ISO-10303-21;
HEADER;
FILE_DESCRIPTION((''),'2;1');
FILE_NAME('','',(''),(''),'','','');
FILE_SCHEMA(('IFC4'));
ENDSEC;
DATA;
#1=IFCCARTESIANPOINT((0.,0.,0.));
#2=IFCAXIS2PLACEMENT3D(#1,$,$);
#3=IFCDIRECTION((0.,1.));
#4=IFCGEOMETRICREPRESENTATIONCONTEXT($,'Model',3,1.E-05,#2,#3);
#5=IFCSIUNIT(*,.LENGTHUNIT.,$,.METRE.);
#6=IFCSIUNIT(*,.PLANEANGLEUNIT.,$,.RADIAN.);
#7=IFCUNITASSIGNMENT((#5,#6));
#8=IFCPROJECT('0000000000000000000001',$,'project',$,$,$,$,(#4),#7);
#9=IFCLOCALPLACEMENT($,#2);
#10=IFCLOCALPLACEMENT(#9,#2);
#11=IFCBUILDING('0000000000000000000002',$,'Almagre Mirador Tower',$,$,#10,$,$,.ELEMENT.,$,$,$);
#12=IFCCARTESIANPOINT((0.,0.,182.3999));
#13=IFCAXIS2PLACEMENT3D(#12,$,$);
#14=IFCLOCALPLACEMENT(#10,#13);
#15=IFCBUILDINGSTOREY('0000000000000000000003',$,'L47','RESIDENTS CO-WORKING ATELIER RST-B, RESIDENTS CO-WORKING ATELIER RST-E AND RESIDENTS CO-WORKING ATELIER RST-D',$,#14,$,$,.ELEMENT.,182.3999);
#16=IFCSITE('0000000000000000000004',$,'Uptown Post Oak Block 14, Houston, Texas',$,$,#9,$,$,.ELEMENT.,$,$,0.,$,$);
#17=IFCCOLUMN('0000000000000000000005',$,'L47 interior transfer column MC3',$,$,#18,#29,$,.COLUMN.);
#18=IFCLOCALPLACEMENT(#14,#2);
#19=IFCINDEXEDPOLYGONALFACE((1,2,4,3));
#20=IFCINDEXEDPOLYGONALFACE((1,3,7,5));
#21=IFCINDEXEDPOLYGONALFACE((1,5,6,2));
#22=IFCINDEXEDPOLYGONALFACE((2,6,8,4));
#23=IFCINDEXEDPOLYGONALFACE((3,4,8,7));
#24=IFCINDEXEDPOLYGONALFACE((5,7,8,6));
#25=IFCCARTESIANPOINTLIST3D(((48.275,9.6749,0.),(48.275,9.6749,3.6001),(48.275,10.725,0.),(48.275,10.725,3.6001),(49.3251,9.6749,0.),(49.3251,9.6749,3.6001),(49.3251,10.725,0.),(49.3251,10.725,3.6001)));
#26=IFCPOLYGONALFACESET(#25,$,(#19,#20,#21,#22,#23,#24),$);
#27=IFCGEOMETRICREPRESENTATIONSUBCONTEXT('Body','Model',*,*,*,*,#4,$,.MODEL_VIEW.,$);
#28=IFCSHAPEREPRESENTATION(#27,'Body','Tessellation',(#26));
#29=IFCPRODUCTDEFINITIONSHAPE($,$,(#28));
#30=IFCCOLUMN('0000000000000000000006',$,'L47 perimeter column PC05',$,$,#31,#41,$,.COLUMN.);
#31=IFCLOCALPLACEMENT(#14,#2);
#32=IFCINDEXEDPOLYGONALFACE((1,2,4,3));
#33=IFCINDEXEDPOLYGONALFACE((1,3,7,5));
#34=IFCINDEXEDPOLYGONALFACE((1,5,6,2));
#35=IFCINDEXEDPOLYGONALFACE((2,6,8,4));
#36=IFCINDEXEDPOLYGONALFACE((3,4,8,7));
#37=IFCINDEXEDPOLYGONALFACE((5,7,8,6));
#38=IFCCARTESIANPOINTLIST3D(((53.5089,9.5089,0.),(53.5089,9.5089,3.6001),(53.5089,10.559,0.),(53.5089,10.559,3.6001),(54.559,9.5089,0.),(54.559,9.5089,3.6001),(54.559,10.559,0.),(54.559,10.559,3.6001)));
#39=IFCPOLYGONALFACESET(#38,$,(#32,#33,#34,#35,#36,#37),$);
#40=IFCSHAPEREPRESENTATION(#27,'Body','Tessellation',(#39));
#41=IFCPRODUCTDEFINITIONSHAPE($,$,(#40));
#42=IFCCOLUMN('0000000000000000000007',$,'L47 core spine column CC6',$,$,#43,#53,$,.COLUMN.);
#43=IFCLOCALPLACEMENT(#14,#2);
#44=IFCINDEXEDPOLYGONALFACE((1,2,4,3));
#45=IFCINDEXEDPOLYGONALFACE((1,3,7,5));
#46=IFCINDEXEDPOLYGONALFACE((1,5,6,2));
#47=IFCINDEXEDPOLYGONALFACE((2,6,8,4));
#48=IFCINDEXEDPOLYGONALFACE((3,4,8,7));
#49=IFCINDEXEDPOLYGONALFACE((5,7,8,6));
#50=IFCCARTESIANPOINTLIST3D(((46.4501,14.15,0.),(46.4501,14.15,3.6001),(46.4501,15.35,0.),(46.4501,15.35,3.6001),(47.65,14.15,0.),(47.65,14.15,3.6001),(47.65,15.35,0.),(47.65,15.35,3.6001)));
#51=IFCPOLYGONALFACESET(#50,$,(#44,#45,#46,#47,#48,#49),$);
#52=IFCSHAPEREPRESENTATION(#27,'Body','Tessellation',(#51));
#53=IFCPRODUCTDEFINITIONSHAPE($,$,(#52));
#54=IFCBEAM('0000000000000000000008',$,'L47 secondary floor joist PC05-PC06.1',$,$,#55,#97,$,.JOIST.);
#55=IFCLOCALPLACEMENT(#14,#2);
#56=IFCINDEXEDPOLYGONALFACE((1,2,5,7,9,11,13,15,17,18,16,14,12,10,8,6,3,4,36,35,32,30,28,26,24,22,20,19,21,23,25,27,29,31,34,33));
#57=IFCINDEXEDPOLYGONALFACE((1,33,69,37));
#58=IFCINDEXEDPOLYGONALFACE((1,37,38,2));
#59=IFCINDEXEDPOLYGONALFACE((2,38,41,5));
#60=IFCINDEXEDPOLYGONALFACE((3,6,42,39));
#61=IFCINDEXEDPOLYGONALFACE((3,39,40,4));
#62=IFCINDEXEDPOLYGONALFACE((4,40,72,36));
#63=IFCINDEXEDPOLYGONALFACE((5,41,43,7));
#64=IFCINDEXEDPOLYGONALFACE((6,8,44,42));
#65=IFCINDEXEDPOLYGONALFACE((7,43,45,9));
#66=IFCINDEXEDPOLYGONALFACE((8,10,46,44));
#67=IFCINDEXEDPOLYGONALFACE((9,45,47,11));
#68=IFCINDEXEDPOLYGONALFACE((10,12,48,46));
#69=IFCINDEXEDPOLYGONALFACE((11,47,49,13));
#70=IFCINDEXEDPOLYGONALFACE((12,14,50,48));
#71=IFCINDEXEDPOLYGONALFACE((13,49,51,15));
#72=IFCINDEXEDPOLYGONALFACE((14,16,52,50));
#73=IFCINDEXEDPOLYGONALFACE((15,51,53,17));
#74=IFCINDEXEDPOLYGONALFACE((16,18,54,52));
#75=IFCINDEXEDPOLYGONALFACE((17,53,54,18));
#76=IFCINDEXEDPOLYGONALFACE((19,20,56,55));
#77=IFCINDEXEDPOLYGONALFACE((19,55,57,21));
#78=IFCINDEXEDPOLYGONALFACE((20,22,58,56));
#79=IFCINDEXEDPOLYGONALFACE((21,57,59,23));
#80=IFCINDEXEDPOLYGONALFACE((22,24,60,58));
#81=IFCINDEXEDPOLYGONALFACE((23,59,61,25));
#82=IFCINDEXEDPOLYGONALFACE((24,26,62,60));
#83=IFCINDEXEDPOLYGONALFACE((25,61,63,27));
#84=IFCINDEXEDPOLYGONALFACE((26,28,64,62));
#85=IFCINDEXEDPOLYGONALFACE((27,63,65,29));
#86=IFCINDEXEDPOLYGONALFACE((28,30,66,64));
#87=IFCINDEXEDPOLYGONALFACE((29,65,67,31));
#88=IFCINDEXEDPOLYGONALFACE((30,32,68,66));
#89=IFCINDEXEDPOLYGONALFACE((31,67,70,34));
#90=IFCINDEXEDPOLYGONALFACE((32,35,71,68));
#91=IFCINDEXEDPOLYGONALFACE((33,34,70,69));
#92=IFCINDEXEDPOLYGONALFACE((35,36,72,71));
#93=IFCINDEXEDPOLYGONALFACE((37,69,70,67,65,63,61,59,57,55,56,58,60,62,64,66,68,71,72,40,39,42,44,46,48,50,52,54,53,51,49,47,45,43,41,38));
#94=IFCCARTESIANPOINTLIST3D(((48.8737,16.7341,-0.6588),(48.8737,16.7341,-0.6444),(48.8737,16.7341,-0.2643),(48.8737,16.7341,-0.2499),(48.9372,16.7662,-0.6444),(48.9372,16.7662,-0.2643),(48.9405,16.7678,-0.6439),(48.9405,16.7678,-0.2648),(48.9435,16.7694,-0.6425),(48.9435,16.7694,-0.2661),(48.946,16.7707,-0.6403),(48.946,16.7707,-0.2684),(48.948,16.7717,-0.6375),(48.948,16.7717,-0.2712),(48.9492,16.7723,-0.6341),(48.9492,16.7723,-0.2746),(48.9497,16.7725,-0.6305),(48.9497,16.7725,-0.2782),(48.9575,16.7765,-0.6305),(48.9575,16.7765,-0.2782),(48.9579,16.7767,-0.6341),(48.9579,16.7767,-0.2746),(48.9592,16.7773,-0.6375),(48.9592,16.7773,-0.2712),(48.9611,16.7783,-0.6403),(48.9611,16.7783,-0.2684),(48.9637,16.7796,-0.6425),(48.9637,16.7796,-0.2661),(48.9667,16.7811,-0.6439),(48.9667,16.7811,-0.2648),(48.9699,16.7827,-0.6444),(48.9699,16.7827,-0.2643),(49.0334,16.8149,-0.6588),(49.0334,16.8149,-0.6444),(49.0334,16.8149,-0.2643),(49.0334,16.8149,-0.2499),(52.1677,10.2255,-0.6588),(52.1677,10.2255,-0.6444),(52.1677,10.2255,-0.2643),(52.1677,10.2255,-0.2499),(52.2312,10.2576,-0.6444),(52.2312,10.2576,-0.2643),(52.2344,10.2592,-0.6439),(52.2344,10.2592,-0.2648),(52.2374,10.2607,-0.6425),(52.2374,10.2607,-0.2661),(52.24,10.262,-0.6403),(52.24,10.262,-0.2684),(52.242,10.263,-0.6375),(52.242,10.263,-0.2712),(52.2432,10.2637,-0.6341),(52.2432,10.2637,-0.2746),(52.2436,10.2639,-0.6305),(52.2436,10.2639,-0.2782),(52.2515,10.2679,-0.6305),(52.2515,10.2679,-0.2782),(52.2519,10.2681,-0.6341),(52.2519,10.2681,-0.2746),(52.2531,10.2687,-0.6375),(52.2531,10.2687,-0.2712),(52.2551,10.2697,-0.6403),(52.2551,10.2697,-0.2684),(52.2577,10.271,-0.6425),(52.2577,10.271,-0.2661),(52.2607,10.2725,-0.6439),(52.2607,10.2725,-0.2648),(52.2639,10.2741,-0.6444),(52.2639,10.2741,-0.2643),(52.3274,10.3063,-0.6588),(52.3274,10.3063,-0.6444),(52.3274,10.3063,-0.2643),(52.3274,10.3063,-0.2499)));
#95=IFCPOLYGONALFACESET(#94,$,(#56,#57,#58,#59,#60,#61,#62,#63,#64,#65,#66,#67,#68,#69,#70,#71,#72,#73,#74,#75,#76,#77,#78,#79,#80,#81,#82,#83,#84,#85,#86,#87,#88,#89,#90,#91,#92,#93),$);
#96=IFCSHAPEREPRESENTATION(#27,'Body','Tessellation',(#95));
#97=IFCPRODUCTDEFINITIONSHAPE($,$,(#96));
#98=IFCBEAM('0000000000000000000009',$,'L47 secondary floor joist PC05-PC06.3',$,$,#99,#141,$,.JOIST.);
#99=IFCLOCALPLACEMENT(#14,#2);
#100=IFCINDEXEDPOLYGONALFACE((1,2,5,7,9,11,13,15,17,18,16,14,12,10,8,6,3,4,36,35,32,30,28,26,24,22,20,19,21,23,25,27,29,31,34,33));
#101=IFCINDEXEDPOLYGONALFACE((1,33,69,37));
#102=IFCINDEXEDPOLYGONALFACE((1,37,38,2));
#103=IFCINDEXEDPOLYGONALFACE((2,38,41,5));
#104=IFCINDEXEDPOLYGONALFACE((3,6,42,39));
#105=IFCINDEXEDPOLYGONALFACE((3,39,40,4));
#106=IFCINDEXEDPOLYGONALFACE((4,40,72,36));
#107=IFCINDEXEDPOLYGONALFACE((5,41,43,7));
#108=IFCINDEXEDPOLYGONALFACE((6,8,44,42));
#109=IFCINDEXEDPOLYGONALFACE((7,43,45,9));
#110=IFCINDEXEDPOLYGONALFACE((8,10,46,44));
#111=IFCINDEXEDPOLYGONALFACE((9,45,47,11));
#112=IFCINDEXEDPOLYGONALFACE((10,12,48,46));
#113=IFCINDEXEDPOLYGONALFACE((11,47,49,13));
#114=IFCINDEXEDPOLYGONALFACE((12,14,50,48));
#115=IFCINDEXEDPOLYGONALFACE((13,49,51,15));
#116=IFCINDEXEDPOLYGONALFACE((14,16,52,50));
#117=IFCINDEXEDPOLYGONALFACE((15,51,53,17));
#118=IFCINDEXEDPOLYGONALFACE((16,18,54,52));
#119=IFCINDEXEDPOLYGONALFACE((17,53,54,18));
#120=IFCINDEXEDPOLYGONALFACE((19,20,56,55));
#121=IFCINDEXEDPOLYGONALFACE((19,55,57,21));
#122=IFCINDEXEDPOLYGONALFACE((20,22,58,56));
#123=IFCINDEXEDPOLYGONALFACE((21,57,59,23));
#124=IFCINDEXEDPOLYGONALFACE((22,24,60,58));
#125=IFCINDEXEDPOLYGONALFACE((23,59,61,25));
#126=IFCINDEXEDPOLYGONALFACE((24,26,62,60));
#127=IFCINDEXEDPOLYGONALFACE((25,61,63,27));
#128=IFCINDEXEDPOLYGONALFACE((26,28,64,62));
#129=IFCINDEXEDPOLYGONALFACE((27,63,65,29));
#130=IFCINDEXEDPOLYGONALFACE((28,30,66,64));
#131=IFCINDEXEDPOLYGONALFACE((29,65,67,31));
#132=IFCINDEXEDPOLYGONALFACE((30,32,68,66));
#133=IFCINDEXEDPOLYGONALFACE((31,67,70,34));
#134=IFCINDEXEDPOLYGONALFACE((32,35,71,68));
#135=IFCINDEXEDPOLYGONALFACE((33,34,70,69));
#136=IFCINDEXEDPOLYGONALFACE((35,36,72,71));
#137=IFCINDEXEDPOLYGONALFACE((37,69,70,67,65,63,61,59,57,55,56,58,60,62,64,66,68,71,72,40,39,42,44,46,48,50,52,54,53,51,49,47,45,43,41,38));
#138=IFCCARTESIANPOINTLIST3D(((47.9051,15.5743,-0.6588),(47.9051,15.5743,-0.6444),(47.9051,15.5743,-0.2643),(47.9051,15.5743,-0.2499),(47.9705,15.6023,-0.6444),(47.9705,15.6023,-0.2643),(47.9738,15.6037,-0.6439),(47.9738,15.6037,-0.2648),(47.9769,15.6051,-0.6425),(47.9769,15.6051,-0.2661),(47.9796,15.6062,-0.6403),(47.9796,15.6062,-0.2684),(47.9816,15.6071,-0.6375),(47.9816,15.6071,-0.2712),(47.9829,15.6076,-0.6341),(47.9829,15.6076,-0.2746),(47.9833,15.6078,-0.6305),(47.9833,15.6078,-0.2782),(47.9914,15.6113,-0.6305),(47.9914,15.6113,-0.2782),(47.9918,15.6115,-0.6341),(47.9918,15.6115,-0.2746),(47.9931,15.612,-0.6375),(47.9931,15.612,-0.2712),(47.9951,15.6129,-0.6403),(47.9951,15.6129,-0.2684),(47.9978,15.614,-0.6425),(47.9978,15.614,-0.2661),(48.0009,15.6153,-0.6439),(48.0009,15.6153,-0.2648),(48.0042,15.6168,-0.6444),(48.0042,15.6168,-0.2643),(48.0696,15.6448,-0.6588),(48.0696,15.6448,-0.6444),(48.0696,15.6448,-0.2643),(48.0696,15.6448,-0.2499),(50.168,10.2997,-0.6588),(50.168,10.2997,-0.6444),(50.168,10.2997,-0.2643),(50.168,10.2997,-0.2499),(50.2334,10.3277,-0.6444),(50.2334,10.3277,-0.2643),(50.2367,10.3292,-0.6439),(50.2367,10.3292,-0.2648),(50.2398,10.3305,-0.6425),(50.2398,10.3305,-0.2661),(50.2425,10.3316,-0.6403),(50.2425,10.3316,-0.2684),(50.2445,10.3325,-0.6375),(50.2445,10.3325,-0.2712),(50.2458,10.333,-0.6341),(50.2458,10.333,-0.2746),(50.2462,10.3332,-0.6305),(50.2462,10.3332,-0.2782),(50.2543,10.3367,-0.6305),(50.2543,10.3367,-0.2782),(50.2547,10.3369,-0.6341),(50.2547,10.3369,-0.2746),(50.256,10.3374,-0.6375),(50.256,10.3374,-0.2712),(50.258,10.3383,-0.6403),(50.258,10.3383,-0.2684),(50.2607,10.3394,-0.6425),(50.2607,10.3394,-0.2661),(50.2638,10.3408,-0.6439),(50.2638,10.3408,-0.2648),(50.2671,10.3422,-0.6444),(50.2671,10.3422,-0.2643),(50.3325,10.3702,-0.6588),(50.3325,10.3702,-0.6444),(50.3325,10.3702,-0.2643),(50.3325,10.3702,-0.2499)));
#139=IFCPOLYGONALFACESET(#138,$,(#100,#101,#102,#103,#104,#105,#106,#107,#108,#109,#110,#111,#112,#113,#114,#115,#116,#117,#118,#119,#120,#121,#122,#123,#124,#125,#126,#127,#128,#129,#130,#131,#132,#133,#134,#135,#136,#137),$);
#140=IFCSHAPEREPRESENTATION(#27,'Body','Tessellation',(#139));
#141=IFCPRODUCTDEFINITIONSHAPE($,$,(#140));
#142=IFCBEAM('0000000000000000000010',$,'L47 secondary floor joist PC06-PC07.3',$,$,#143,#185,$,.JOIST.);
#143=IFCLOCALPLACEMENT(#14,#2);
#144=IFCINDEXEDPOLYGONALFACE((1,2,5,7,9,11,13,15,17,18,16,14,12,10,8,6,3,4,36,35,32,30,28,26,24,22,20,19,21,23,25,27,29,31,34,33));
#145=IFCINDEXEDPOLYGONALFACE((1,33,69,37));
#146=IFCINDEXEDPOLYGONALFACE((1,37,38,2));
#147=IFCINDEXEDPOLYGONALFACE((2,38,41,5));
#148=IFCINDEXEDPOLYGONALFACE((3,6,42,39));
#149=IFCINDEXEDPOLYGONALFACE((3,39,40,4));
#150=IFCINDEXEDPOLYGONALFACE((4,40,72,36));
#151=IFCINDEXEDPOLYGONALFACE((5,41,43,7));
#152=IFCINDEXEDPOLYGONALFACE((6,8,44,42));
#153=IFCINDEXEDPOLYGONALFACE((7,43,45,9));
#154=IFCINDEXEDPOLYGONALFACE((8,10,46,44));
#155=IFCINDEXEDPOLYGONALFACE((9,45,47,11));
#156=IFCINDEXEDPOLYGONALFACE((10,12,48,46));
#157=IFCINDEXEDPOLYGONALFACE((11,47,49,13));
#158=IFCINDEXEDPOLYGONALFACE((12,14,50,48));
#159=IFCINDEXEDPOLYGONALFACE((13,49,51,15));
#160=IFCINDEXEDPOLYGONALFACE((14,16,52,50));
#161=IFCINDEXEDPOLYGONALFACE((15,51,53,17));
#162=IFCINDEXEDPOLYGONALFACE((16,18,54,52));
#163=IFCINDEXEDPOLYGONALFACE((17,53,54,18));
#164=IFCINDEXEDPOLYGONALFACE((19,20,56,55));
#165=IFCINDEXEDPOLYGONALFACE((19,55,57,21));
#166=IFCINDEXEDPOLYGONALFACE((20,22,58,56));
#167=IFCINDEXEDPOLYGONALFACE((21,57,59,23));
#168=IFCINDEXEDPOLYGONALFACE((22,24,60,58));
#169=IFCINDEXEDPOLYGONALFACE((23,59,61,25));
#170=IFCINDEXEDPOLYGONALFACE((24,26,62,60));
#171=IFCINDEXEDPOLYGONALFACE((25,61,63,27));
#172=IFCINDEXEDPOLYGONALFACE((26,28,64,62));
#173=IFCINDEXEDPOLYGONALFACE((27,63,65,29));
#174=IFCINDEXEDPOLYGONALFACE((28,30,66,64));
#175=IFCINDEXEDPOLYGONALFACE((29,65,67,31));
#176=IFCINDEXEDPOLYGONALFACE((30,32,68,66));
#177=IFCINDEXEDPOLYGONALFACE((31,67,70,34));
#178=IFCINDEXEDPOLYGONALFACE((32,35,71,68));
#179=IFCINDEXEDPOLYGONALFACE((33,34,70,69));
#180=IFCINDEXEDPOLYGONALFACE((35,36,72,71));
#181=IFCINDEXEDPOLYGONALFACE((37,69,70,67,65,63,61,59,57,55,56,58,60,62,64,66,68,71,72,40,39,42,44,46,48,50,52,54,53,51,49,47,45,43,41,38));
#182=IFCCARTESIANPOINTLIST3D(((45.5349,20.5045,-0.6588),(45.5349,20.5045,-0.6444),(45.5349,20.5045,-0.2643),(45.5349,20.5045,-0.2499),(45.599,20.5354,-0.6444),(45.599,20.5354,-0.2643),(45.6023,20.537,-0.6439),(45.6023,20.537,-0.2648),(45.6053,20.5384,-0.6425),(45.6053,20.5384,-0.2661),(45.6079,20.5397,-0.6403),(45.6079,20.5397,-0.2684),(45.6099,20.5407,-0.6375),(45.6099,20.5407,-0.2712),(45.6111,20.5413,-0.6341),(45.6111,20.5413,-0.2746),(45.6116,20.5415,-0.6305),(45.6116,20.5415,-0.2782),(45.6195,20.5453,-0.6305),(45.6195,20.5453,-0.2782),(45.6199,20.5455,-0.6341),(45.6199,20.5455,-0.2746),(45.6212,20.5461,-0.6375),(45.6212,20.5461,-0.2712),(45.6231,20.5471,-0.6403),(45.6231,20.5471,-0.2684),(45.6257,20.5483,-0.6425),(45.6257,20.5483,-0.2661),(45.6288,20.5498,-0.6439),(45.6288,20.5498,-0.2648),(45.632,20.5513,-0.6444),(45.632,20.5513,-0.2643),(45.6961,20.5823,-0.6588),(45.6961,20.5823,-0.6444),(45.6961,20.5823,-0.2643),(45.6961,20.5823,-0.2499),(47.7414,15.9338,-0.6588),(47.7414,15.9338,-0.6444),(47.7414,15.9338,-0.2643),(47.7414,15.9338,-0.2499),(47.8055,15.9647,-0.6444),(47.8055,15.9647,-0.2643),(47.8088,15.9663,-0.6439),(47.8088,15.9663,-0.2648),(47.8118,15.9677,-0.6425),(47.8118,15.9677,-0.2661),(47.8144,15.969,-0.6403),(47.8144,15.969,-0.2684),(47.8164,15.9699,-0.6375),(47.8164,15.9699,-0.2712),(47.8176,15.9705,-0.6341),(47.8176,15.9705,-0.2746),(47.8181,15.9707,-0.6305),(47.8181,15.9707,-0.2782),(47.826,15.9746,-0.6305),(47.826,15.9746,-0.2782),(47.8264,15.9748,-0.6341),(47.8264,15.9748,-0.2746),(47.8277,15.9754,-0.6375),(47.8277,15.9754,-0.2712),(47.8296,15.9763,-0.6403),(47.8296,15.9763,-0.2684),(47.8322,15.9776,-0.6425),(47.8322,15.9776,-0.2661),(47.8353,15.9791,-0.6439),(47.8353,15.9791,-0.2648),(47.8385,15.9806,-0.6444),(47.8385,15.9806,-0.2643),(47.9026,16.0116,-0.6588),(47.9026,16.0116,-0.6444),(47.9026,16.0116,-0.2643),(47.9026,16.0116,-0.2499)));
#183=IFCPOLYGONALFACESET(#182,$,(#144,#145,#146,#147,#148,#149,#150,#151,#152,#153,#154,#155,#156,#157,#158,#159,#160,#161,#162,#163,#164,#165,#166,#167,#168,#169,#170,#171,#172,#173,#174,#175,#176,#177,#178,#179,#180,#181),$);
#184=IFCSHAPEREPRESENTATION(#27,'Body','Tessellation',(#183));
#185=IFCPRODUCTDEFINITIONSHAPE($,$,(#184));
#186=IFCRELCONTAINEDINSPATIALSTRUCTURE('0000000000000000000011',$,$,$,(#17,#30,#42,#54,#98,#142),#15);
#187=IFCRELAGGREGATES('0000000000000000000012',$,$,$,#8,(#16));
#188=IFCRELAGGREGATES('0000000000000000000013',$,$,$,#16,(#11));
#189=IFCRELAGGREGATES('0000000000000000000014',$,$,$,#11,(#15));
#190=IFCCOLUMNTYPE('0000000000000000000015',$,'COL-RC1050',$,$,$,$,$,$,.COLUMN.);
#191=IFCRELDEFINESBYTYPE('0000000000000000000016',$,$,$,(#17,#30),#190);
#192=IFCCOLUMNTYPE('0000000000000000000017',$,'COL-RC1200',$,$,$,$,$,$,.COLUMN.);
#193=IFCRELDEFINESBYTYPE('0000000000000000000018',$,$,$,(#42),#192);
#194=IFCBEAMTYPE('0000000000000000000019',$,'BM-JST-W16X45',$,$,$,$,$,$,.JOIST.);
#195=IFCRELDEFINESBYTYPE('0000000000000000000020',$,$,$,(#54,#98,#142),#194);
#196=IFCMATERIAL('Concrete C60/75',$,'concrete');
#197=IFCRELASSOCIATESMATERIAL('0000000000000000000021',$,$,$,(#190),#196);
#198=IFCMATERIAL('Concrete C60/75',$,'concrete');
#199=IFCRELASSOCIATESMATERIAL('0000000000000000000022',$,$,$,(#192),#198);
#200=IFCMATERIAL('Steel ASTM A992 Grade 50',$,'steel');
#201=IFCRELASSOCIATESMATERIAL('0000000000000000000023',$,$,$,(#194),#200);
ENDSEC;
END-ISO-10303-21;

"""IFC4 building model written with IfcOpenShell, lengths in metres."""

from ifc_helpers import new_model, si_unit, direction, frame, origin, origin_2d, place, context, subcontext, project, spatial, rectangle, i_section, extrude, material, material_profile, profile_set, type_object, element, save


model = new_model("IFC4")

# Units and contexts
model_context = context("Model", 3, precision=1e-05, world=origin(), true_north=direction((0.0, 1.0)))
body_context = subcontext(model_context, "Body", "Model", "MODEL_VIEW")
ifc_project = project(units=[si_unit("LENGTHUNIT", "METRE"), si_unit("PLANEANGLEUNIT", "RADIAN")], contexts=[model_context])

# Site, building, storey
site_placement = place(None, origin())
site = spatial("IfcSite", under=ifc_project, at=site_placement, Name="Uptown Post Oak Block 14, Houston, Texas", CompositionType="ELEMENT", RefElevation=0.0)
building_placement = place(site_placement, origin())
building = spatial("IfcBuilding", under=site, at=building_placement, Name="Almagre Mirador Tower", CompositionType="ELEMENT")
storey_placement = place(building_placement, frame((0.0, 0.0, 182.3999)))
storey = spatial("IfcBuildingStorey", under=building, at=storey_placement, Name="L47", Description="RESIDENTS CO-WORKING ATELIER RST-B, RESIDENTS CO-WORKING ATELIER RST-E AND RESIDENTS CO-WORKING ATELIER RST-D", CompositionType="ELEMENT", Elevation=182.3999)

# Columns
ifc_material_1 = material(Name="Concrete C60/75", Category="concrete")
ifc_material_profile_1 = material_profile(ifc_material_1, rectangle(XDim=1.05, YDim=1.05, at=origin_2d()), Name="RC1050X1050")
ifc_profile_set_1 = profile_set([ifc_material_profile_1], Name="Concrete C60/75")
column_type_1 = type_object("IfcColumnType", Name="COL-RC1050", PredefinedType="COLUMN", material=ifc_profile_set_1)
for number, where, z_axis, x_axis, name in (
    (1, (48.8, 10.2, 0.0), (0.0, 0.0, 1.0), (1.0, 0.0, 0.0), "L47 interior transfer column MC3"),
    (2, (54.0339, 10.0339, 0.0), (0.0, 0.0, 1.0), (1.0, 0.0, 0.0), "L47 perimeter column PC05"),
):
    element("IfcColumn", number, at=place(storey_placement, frame(where, z_axis=z_axis, x_axis=x_axis)), inside=storey, type_object=column_type_1, Name=name, PredefinedType="COLUMN", context=body_context, shape_type="SweptSolid", body=[
        extrude(rectangle(XDim=1.05, YDim=1.05, at=origin_2d()), origin(), (0.0, 0.0, 1.0), 3.6001),
    ])
ifc_material_2 = material(Name="Concrete C60/75", Category="concrete")
ifc_material_profile_2 = material_profile(ifc_material_2, rectangle(XDim=1.2, YDim=1.2, at=origin_2d()), Name="RC1200X1200")
ifc_profile_set_2 = profile_set([ifc_material_profile_2], Name="Concrete C60/75")
column_type_2 = type_object("IfcColumnType", Name="COL-RC1200", PredefinedType="COLUMN", material=ifc_profile_set_2)
column_placement = place(storey_placement, frame((47.05, 14.75, 0.0), z_axis=(0.0, 0.0, 1.0), x_axis=(1.0, 0.0, 0.0)))
element("IfcColumn", 3, at=column_placement, inside=storey, type_object=column_type_2, Name="L47 core spine column CC6", PredefinedType="COLUMN", context=body_context, shape_type="SweptSolid", body=[
    extrude(rectangle(XDim=1.2, YDim=1.2, at=origin_2d()), origin(), (0.0, 0.0, 1.0), 3.6001),
])

# Beams
ifc_material_3 = material(Name="Steel ASTM A992 Grade 50", Category="steel")
ifc_material_profile_3 = material_profile(ifc_material_3, i_section(OverallWidth=0.179, OverallDepth=0.4089, WebThickness=0.0088, FlangeThickness=0.0144, FilletRadius=0.0139, at=origin_2d()), Name="W16X45")
ifc_profile_set_3 = profile_set([ifc_material_profile_3], Name="Steel ASTM A992 Grade 50")
beam_type_1 = type_object("IfcBeamType", Name="BM-JST-W16X45", PredefinedType="JOIST", material=ifc_profile_set_3)
beam_1_placement = place(storey_placement, frame((52.2476, 10.2659, -0.4543), z_axis=(-0.451559, 0.892241, 0.0), x_axis=(-0.892241, -0.451559, 0.0)))
element("IfcBeam", 4, at=beam_1_placement, inside=storey, type_object=beam_type_1, Name="L47 secondary floor joist PC05-PC06.1", PredefinedType="JOIST", context=body_context, shape_type="SweptSolid", body=[
    extrude(i_section(OverallWidth=0.179, OverallDepth=0.4089, WebThickness=0.0088, FlangeThickness=0.0144, FilletRadius=0.0139, at=origin_2d()), origin(), (0.0, 0.0, 1.0), 7.2947),
])
beam_2_placement = place(storey_placement, frame((50.2502, 10.335, -0.4543), z_axis=(-0.394268, 0.918995, 0.0), x_axis=(-0.918995, -0.394268, 0.0)))
element("IfcBeam", 5, at=beam_2_placement, inside=storey, type_object=beam_type_1, Name="L47 secondary floor joist PC05-PC06.3", PredefinedType="JOIST", context=body_context, shape_type="SweptSolid", body=[
    extrude(i_section(OverallWidth=0.179, OverallDepth=0.4089, WebThickness=0.0088, FlangeThickness=0.0144, FilletRadius=0.0139, at=origin_2d()), origin(), (0.0, 0.0, 1.0), 5.7395),
])
beam_3_placement = place(storey_placement, frame((47.822, 15.9727, -0.4543), z_axis=(-0.434741, 0.900556, 0.0), x_axis=(-0.900556, -0.434741, 0.0)))
element("IfcBeam", 6, at=beam_3_placement, inside=storey, type_object=beam_type_1, Name="L47 secondary floor joist PC06-PC07.3", PredefinedType="JOIST", context=body_context, shape_type="SweptSolid", body=[
    extrude(i_section(OverallWidth=0.179, OverallDepth=0.4089, WebThickness=0.0088, FlangeThickness=0.0144, FilletRadius=0.0139, at=origin_2d()), origin(), (0.0, 0.0, 1.0), 5.0754),
])

save(model, "model.ifc")
